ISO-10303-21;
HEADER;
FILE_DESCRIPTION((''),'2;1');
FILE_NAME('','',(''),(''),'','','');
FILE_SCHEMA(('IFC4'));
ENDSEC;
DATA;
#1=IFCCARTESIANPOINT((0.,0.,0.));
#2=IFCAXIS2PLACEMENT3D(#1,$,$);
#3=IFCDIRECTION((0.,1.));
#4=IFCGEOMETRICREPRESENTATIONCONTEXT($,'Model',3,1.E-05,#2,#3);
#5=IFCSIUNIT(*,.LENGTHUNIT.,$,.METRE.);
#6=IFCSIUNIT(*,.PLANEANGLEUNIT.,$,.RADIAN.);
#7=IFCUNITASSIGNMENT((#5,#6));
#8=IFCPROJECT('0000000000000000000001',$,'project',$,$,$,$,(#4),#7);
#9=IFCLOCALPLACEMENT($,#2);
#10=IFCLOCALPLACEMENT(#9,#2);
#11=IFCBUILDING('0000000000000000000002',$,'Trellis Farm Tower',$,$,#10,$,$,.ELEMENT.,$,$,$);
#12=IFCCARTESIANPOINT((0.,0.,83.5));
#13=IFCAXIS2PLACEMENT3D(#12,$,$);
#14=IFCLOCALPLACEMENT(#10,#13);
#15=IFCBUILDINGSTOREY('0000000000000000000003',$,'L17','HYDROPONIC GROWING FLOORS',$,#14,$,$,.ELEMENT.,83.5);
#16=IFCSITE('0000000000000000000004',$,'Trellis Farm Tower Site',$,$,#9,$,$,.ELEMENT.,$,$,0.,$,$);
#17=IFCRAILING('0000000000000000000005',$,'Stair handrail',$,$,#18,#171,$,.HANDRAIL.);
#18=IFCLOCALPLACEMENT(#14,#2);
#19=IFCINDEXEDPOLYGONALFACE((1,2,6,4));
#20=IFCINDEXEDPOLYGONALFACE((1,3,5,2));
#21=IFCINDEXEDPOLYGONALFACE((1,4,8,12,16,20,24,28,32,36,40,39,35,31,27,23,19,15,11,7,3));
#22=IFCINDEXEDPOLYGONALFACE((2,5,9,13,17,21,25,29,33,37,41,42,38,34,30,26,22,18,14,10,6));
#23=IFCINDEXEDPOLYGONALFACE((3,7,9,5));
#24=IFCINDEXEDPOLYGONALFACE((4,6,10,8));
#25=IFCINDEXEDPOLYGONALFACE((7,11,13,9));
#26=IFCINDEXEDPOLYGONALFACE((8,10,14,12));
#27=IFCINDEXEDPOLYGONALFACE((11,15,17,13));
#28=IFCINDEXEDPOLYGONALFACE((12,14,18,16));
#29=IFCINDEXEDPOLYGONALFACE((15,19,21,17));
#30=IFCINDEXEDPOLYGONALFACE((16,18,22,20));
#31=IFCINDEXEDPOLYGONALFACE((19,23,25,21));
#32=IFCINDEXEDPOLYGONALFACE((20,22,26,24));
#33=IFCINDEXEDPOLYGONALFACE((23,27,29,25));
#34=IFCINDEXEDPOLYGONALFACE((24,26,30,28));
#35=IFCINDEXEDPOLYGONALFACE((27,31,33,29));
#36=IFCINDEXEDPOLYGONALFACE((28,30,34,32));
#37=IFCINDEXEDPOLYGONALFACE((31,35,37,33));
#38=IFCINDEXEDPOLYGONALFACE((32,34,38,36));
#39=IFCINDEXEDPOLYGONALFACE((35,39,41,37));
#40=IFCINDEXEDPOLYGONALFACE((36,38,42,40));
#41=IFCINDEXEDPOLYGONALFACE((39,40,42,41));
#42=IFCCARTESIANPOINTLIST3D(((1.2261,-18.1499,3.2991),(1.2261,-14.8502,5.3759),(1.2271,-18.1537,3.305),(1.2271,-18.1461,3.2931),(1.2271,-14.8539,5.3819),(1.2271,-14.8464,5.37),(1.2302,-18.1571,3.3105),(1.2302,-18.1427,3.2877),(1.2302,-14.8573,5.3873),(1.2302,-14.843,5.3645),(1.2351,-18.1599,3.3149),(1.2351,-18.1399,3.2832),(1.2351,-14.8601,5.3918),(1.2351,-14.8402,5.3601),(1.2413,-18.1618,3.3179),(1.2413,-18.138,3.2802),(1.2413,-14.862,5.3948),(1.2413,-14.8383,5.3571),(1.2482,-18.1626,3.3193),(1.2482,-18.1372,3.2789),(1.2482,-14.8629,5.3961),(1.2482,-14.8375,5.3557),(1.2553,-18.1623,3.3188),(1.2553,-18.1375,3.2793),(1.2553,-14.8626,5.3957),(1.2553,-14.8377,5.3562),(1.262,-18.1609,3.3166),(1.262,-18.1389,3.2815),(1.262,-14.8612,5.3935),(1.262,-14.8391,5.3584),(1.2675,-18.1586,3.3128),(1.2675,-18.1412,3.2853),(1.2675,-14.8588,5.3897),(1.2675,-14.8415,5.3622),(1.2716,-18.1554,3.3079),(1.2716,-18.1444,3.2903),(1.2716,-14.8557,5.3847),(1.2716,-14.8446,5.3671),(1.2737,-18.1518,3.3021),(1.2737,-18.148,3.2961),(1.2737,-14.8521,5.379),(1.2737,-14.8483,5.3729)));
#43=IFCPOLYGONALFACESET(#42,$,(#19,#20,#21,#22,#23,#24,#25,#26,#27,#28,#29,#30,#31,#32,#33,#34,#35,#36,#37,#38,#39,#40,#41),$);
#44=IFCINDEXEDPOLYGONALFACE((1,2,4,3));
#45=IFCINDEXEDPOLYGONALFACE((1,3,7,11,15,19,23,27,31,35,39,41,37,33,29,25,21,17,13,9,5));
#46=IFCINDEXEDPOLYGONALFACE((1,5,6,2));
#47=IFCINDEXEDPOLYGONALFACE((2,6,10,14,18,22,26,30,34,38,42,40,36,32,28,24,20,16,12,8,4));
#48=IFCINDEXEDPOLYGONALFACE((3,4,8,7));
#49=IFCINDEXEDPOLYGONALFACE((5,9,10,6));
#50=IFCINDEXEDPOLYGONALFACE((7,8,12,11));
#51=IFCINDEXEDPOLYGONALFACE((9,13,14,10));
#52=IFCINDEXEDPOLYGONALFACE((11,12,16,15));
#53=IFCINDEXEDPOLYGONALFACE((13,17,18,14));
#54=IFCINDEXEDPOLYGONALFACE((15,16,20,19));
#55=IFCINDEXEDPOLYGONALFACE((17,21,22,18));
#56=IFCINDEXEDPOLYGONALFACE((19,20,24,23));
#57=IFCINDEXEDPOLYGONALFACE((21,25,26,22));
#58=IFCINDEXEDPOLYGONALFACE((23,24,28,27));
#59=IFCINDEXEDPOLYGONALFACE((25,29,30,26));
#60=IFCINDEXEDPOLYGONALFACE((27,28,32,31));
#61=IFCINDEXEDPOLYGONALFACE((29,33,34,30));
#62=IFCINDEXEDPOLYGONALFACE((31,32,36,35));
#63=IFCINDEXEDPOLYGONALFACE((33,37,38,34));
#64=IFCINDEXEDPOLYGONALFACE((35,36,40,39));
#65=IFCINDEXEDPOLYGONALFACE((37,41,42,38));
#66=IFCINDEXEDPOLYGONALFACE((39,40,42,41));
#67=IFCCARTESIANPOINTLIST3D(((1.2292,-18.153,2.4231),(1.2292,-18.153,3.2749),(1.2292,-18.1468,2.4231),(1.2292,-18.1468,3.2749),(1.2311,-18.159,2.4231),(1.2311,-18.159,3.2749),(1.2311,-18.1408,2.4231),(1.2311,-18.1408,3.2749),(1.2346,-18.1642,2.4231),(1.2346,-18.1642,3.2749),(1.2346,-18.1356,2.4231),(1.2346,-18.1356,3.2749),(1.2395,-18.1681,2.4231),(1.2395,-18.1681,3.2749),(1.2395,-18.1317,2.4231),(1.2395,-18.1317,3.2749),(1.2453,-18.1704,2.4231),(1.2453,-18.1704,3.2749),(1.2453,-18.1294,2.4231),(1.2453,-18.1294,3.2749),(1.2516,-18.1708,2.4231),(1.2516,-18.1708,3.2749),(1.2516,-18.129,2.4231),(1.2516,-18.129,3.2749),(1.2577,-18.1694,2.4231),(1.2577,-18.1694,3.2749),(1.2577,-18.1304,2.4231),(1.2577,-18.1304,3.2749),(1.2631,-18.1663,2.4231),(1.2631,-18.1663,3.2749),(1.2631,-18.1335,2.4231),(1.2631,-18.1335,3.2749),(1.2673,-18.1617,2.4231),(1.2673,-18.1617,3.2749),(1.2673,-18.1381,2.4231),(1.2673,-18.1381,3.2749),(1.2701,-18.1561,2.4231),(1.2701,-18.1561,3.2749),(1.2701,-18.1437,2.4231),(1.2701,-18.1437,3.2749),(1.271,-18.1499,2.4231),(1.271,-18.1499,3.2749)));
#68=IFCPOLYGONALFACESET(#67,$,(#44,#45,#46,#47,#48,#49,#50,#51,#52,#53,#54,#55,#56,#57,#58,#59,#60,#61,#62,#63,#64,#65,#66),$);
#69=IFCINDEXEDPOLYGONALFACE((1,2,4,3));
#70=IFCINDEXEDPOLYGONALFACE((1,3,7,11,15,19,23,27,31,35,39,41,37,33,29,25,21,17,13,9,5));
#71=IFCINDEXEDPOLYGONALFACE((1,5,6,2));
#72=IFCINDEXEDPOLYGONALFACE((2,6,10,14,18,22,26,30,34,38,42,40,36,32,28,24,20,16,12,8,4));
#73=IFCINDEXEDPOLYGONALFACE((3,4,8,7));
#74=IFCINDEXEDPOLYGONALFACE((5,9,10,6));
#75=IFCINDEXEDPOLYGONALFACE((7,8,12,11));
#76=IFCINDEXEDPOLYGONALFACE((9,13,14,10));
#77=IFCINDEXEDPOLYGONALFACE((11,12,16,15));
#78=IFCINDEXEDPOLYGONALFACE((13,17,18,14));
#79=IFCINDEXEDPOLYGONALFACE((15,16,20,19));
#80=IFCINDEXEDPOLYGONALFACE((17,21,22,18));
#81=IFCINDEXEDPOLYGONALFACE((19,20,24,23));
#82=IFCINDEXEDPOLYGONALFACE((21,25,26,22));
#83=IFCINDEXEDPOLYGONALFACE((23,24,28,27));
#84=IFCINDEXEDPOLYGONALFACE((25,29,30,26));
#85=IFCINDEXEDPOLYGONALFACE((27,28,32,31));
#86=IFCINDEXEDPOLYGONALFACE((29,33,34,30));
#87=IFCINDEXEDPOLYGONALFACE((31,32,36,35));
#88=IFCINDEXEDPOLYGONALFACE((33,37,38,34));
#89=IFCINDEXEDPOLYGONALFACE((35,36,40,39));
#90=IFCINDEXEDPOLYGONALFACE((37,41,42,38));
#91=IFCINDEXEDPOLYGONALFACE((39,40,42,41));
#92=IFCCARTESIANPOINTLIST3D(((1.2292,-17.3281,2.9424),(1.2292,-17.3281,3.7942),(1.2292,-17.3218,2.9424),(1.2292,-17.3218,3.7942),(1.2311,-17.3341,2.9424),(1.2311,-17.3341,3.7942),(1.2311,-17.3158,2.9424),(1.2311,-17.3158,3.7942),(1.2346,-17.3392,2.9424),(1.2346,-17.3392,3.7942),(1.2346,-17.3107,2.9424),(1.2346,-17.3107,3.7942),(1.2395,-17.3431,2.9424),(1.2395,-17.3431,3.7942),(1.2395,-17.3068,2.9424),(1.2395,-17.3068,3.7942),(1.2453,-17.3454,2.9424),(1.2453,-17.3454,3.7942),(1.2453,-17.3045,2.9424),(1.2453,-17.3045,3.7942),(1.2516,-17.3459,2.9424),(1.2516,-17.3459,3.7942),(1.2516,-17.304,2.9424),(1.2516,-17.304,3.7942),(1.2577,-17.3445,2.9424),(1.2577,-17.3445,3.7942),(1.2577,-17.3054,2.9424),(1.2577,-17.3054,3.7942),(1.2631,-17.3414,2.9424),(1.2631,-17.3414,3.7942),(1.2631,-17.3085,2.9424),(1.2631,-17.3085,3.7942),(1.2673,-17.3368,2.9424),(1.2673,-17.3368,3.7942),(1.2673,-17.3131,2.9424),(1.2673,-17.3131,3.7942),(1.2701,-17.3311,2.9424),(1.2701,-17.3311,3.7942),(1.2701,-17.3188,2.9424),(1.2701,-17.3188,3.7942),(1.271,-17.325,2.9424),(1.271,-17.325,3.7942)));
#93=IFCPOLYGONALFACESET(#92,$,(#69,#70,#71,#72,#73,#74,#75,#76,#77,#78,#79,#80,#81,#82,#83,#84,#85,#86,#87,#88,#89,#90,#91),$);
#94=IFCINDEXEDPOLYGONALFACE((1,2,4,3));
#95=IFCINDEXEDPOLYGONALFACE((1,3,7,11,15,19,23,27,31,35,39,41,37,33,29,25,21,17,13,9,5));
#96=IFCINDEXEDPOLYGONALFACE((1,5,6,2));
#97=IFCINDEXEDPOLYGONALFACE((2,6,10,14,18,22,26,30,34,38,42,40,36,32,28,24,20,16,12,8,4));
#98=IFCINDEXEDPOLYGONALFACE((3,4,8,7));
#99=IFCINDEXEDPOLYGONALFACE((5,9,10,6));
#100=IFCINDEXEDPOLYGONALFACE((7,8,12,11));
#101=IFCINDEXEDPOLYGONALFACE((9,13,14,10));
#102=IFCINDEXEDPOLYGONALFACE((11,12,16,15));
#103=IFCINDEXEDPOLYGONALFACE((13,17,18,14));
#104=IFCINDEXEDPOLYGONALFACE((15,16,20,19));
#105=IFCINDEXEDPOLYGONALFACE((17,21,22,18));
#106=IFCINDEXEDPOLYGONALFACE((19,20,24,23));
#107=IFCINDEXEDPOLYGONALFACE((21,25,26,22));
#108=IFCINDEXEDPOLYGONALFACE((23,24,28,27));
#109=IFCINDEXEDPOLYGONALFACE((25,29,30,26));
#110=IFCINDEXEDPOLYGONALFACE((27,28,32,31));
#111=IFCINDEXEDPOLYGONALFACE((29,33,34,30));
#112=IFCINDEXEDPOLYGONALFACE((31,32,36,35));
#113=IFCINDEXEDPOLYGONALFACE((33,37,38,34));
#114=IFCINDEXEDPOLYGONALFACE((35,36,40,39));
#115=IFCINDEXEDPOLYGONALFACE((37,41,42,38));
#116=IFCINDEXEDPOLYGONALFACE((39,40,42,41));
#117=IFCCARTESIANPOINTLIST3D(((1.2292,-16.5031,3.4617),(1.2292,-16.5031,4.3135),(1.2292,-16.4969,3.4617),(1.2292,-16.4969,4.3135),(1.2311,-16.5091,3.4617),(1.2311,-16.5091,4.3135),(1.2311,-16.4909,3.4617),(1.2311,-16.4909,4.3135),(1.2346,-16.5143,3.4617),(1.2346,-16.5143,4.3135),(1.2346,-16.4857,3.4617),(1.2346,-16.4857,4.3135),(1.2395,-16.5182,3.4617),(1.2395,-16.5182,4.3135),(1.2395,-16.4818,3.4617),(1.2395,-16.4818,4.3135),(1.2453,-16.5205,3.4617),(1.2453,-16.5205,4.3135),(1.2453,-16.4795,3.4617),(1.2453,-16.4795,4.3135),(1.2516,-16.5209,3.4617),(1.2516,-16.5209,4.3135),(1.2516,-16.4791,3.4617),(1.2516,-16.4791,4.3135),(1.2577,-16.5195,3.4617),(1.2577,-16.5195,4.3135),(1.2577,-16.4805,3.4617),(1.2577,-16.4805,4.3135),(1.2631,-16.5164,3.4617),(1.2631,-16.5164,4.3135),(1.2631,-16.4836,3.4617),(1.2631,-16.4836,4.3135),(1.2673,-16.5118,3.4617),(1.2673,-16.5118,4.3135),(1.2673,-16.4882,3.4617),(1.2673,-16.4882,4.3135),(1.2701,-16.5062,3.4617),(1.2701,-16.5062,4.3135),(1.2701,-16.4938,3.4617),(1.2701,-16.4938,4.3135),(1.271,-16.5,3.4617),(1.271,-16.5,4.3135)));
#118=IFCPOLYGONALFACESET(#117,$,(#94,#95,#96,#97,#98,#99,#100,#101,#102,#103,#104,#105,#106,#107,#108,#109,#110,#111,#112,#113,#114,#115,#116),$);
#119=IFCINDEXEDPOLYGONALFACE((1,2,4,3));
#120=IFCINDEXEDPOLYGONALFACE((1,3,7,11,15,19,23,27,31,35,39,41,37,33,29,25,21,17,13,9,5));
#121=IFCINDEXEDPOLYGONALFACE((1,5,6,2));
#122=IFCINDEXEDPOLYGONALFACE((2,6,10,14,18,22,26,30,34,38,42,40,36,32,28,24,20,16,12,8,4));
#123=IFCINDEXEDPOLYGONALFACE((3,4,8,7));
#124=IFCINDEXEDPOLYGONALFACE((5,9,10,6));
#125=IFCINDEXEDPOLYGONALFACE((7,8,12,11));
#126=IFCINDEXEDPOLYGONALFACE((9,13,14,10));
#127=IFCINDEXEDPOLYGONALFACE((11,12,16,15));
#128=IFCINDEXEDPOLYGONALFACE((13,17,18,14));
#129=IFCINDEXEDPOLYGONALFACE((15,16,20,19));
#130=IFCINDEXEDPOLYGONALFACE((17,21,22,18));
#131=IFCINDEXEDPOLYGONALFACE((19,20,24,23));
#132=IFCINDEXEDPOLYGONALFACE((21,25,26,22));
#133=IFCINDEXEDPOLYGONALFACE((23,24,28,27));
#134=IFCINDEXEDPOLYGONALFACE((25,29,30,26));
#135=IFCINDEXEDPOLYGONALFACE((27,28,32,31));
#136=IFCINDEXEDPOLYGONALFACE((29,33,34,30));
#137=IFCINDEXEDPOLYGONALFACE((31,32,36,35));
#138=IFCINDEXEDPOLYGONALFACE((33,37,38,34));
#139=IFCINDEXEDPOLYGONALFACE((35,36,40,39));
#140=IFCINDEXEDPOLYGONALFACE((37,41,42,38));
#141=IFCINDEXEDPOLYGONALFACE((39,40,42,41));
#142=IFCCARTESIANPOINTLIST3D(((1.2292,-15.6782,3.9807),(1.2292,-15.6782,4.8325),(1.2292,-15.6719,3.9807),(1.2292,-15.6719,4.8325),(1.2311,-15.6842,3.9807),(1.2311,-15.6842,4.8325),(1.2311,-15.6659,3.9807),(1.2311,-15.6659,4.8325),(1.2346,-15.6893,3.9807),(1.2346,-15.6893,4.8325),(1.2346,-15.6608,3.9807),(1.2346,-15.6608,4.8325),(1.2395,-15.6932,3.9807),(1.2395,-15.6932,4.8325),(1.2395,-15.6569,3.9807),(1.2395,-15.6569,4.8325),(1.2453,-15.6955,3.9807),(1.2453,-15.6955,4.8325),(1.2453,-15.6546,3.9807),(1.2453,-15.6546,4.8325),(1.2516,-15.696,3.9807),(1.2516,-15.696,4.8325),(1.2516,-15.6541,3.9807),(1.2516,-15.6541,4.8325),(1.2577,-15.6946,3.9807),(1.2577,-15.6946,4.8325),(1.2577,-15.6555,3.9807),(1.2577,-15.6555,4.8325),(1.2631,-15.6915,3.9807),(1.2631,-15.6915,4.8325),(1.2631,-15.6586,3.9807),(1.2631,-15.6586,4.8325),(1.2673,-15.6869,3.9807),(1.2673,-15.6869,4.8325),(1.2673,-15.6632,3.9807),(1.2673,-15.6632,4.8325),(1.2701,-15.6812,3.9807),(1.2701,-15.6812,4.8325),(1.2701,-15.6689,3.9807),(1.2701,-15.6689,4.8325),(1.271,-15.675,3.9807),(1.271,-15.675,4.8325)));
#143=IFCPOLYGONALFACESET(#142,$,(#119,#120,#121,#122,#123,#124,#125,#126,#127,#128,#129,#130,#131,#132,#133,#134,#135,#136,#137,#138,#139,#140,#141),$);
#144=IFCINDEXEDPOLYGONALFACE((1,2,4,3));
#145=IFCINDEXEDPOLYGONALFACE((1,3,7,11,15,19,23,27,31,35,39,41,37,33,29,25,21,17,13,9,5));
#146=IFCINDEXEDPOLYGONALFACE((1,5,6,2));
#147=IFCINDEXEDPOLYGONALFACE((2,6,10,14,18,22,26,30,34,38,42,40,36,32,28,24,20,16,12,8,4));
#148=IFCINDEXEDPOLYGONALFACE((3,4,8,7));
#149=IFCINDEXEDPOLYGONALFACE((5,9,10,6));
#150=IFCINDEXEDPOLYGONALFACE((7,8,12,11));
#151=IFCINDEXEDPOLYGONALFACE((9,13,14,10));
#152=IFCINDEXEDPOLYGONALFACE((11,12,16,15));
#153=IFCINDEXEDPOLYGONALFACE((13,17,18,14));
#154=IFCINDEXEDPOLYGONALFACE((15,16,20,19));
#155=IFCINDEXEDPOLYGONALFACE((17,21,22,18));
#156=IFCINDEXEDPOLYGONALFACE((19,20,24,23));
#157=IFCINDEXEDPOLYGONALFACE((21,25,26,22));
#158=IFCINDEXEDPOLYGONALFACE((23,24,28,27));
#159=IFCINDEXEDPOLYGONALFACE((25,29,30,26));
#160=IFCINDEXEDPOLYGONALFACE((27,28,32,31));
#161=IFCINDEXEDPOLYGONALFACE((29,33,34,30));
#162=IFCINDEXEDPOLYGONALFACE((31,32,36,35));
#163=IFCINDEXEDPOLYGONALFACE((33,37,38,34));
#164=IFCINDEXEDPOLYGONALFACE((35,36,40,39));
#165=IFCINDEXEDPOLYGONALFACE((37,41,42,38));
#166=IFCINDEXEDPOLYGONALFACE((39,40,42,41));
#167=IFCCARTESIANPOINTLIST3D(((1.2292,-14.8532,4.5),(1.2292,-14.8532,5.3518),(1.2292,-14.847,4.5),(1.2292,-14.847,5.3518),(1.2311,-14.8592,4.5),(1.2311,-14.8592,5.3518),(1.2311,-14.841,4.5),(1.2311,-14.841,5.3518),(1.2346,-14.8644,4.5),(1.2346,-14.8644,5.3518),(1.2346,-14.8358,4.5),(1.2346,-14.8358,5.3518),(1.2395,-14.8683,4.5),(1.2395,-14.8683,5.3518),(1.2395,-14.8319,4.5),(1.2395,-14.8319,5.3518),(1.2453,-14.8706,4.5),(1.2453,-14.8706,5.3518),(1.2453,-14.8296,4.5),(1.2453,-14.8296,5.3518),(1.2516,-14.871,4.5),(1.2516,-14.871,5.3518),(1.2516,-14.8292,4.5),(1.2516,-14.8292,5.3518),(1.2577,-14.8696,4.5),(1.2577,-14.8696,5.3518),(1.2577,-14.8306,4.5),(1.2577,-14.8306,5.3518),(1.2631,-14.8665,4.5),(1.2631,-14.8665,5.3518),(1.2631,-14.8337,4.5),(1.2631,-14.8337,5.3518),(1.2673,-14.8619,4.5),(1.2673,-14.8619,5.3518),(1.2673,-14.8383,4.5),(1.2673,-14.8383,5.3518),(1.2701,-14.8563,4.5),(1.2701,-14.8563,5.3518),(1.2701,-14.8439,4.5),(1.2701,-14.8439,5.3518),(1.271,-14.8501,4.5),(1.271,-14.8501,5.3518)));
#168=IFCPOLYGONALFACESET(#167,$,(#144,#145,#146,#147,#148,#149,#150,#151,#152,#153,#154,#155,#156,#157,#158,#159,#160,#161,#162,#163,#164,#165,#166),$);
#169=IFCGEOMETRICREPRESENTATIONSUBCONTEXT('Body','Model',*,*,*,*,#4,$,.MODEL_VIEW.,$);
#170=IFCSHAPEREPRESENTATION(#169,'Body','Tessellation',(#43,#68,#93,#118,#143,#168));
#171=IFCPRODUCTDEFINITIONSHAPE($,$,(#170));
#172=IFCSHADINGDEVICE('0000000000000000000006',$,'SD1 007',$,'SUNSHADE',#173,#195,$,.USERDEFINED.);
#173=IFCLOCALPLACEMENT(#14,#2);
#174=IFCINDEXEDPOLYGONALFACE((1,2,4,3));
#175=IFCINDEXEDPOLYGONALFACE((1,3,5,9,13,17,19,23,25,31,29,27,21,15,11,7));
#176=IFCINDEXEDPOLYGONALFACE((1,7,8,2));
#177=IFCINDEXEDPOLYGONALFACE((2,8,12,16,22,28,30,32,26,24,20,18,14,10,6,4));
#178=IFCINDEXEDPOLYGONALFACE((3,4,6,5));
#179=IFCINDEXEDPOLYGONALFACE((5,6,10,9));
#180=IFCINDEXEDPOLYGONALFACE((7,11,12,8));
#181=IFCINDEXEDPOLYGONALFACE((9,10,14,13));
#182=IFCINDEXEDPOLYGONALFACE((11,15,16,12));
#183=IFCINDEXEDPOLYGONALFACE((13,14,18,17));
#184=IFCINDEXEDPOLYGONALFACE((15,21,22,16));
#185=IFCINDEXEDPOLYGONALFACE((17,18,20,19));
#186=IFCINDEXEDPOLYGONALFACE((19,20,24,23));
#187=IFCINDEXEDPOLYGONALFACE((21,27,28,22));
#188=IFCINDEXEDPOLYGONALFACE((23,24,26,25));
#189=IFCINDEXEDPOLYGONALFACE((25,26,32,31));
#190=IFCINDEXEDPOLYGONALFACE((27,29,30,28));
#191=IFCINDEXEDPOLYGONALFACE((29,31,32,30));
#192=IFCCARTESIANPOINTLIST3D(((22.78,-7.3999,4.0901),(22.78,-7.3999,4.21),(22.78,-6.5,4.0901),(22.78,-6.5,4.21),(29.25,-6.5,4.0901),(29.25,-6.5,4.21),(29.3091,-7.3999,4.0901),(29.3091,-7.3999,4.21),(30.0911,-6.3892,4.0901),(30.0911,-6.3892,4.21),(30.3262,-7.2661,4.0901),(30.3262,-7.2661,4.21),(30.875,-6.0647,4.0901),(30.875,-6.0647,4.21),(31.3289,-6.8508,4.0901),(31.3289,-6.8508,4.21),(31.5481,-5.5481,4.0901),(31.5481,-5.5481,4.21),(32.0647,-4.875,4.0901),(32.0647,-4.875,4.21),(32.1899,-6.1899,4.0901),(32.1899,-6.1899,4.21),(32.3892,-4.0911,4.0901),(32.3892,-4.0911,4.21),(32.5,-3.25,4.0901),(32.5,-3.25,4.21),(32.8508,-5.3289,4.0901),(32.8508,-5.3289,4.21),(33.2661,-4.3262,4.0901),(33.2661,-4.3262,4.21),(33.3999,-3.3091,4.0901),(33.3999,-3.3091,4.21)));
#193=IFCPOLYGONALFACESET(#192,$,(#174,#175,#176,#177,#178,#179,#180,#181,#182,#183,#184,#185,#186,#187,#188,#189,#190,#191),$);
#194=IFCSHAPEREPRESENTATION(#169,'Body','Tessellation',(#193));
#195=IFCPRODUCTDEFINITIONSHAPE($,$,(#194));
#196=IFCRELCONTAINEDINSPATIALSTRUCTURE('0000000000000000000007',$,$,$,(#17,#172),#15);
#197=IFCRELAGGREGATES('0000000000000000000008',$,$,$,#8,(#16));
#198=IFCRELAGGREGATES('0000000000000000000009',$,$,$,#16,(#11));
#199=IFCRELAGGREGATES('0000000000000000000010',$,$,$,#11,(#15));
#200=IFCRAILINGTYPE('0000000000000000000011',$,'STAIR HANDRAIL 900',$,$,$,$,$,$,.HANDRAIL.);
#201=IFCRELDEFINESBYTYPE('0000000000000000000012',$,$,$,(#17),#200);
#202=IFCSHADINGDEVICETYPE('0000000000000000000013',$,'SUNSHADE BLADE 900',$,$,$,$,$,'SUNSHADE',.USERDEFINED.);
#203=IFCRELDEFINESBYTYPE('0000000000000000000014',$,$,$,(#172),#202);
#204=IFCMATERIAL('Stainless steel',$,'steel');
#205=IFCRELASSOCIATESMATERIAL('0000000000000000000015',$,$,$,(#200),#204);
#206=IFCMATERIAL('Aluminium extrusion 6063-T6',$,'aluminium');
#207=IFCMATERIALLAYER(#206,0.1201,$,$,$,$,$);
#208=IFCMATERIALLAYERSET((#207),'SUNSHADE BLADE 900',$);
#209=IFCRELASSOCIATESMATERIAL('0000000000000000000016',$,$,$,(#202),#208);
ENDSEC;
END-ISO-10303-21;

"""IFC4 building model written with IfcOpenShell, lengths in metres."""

from ifc_helpers import new_model, si_unit, direction, frame, origin, origin_2d, place, context, subcontext, project, spatial, polyline, circle, outline, extrude, source, transform, mapped, material, layer, layer_set, type_object, element, save


model = new_model("IFC4")

# Units and contexts
model_context = context("Model", 3, precision=1e-05, world=origin(), true_north=direction((0.0, 1.0)))
body_context = subcontext(model_context, "Body", "Model", "MODEL_VIEW")
ifc_project = project(units=[si_unit("LENGTHUNIT", "METRE"), si_unit("PLANEANGLEUNIT", "RADIAN")], contexts=[model_context])

# Site, building, storey
site_placement = place(None, origin())
site = spatial("IfcSite", under=ifc_project, at=site_placement, Name="Trellis Farm Tower Site", CompositionType="ELEMENT", RefElevation=0.0)
building_placement = place(site_placement, origin())
building = spatial("IfcBuilding", under=site, at=building_placement, Name="Trellis Farm Tower", CompositionType="ELEMENT")
storey_placement = place(building_placement, frame((0.0, 0.0, 83.5)))
storey = spatial("IfcBuildingStorey", under=building, at=storey_placement, Name="L17", Description="HYDROPONIC GROWING FLOORS", CompositionType="ELEMENT", Elevation=83.5)

# Shared definitions
ifc_material_1 = material(Name="Aluminium extrusion 6063-T6", Category="aluminium")

# Railing
ifc_material_2 = material(Name="Stainless steel", Category="steel")
railing_type = type_object("IfcRailingType", Name="STAIR HANDRAIL 900", PredefinedType="HANDRAIL", material=ifc_material_2)
shared_shape_1 = source(origin(), body_context, "Body", "SweptSolid", [
    extrude(circle(Radius=0.0239, at=origin_2d()), frame((0.0, 0.0, 0.876), z_axis=(0.0, 0.84632, 0.532675), x_axis=(-1.0, 0.0, 0.0)), (0.0, 0.0, 1.0), 3.8989),
    extrude(circle(Radius=0.021, at=origin_2d()), origin(), (0.0, 0.0, 1.0), 0.8518),
    extrude(circle(Radius=0.021, at=origin_2d()), frame((0.0, 0.825, 0.5193)), (0.0, 0.0, 1.0), 0.8518),
    extrude(circle(Radius=0.021, at=origin_2d()), frame((0.0, 1.6499, 1.0386)), (0.0, 0.0, 1.0), 0.8518),
    extrude(circle(Radius=0.021, at=origin_2d()), frame((0.0, 2.4749, 1.5576)), (0.0, 0.0, 1.0), 0.8518),
    extrude(circle(Radius=0.021, at=origin_2d()), frame((0.0, 3.2998, 2.0769)), (0.0, 0.0, 1.0), 0.8518),
])
railing_placement = place(storey_placement, frame((1.25, -18.1499, 2.4231)))
element("IfcRailing", 1, at=railing_placement, inside=storey, type_object=railing_type, Name="Stair handrail", PredefinedType="HANDRAIL", context=body_context, shape_type="MappedRepresentation", body=[
    mapped(shared_shape_1, transform((0.0, 0.0, 0.0))),
])

# Shading device
ifc_layer_1 = layer(ifc_material_1, 0.1201)
ifc_layer_set_1 = layer_set([ifc_layer_1], Name="SUNSHADE BLADE 900")
shading_device_type = type_object("IfcShadingDeviceType", Name="SUNSHADE BLADE 900", ElementType="SUNSHADE", PredefinedType="USERDEFINED", material=ifc_layer_set_1)
shared_shape_2 = source(origin(), body_context, "Body", "SweptSolid", [
    extrude(outline(polyline([(22.78, -7.3999), (29.3091, -7.3999), (30.3262, -7.2661), (31.3289, -6.8508), (32.1899, -6.1899), (32.8508, -5.3289), (33.2661, -4.3262), (33.3999, -3.3091), (32.5, -3.25), (32.3892, -4.0911), (32.0647, -4.875), (31.5481, -5.5481), (30.875, -6.0647), (30.0911, -6.3892), (29.25, -6.5), (22.78, -6.5), (22.78, -7.3999)])), origin(), (0.0, 0.0, 1.0), 0.1199),
])
shading_device_placement = place(storey_placement, frame((0.0, 0.0, 4.0901)))
element("IfcShadingDevice", 2, at=shading_device_placement, inside=storey, type_object=shading_device_type, Name="SD1 007", ObjectType="SUNSHADE", PredefinedType="USERDEFINED", context=body_context, shape_type="MappedRepresentation", body=[
    mapped(shared_shape_2, transform((0.0, 0.0, 0.0))),
])

save(model, "model.ifc")
